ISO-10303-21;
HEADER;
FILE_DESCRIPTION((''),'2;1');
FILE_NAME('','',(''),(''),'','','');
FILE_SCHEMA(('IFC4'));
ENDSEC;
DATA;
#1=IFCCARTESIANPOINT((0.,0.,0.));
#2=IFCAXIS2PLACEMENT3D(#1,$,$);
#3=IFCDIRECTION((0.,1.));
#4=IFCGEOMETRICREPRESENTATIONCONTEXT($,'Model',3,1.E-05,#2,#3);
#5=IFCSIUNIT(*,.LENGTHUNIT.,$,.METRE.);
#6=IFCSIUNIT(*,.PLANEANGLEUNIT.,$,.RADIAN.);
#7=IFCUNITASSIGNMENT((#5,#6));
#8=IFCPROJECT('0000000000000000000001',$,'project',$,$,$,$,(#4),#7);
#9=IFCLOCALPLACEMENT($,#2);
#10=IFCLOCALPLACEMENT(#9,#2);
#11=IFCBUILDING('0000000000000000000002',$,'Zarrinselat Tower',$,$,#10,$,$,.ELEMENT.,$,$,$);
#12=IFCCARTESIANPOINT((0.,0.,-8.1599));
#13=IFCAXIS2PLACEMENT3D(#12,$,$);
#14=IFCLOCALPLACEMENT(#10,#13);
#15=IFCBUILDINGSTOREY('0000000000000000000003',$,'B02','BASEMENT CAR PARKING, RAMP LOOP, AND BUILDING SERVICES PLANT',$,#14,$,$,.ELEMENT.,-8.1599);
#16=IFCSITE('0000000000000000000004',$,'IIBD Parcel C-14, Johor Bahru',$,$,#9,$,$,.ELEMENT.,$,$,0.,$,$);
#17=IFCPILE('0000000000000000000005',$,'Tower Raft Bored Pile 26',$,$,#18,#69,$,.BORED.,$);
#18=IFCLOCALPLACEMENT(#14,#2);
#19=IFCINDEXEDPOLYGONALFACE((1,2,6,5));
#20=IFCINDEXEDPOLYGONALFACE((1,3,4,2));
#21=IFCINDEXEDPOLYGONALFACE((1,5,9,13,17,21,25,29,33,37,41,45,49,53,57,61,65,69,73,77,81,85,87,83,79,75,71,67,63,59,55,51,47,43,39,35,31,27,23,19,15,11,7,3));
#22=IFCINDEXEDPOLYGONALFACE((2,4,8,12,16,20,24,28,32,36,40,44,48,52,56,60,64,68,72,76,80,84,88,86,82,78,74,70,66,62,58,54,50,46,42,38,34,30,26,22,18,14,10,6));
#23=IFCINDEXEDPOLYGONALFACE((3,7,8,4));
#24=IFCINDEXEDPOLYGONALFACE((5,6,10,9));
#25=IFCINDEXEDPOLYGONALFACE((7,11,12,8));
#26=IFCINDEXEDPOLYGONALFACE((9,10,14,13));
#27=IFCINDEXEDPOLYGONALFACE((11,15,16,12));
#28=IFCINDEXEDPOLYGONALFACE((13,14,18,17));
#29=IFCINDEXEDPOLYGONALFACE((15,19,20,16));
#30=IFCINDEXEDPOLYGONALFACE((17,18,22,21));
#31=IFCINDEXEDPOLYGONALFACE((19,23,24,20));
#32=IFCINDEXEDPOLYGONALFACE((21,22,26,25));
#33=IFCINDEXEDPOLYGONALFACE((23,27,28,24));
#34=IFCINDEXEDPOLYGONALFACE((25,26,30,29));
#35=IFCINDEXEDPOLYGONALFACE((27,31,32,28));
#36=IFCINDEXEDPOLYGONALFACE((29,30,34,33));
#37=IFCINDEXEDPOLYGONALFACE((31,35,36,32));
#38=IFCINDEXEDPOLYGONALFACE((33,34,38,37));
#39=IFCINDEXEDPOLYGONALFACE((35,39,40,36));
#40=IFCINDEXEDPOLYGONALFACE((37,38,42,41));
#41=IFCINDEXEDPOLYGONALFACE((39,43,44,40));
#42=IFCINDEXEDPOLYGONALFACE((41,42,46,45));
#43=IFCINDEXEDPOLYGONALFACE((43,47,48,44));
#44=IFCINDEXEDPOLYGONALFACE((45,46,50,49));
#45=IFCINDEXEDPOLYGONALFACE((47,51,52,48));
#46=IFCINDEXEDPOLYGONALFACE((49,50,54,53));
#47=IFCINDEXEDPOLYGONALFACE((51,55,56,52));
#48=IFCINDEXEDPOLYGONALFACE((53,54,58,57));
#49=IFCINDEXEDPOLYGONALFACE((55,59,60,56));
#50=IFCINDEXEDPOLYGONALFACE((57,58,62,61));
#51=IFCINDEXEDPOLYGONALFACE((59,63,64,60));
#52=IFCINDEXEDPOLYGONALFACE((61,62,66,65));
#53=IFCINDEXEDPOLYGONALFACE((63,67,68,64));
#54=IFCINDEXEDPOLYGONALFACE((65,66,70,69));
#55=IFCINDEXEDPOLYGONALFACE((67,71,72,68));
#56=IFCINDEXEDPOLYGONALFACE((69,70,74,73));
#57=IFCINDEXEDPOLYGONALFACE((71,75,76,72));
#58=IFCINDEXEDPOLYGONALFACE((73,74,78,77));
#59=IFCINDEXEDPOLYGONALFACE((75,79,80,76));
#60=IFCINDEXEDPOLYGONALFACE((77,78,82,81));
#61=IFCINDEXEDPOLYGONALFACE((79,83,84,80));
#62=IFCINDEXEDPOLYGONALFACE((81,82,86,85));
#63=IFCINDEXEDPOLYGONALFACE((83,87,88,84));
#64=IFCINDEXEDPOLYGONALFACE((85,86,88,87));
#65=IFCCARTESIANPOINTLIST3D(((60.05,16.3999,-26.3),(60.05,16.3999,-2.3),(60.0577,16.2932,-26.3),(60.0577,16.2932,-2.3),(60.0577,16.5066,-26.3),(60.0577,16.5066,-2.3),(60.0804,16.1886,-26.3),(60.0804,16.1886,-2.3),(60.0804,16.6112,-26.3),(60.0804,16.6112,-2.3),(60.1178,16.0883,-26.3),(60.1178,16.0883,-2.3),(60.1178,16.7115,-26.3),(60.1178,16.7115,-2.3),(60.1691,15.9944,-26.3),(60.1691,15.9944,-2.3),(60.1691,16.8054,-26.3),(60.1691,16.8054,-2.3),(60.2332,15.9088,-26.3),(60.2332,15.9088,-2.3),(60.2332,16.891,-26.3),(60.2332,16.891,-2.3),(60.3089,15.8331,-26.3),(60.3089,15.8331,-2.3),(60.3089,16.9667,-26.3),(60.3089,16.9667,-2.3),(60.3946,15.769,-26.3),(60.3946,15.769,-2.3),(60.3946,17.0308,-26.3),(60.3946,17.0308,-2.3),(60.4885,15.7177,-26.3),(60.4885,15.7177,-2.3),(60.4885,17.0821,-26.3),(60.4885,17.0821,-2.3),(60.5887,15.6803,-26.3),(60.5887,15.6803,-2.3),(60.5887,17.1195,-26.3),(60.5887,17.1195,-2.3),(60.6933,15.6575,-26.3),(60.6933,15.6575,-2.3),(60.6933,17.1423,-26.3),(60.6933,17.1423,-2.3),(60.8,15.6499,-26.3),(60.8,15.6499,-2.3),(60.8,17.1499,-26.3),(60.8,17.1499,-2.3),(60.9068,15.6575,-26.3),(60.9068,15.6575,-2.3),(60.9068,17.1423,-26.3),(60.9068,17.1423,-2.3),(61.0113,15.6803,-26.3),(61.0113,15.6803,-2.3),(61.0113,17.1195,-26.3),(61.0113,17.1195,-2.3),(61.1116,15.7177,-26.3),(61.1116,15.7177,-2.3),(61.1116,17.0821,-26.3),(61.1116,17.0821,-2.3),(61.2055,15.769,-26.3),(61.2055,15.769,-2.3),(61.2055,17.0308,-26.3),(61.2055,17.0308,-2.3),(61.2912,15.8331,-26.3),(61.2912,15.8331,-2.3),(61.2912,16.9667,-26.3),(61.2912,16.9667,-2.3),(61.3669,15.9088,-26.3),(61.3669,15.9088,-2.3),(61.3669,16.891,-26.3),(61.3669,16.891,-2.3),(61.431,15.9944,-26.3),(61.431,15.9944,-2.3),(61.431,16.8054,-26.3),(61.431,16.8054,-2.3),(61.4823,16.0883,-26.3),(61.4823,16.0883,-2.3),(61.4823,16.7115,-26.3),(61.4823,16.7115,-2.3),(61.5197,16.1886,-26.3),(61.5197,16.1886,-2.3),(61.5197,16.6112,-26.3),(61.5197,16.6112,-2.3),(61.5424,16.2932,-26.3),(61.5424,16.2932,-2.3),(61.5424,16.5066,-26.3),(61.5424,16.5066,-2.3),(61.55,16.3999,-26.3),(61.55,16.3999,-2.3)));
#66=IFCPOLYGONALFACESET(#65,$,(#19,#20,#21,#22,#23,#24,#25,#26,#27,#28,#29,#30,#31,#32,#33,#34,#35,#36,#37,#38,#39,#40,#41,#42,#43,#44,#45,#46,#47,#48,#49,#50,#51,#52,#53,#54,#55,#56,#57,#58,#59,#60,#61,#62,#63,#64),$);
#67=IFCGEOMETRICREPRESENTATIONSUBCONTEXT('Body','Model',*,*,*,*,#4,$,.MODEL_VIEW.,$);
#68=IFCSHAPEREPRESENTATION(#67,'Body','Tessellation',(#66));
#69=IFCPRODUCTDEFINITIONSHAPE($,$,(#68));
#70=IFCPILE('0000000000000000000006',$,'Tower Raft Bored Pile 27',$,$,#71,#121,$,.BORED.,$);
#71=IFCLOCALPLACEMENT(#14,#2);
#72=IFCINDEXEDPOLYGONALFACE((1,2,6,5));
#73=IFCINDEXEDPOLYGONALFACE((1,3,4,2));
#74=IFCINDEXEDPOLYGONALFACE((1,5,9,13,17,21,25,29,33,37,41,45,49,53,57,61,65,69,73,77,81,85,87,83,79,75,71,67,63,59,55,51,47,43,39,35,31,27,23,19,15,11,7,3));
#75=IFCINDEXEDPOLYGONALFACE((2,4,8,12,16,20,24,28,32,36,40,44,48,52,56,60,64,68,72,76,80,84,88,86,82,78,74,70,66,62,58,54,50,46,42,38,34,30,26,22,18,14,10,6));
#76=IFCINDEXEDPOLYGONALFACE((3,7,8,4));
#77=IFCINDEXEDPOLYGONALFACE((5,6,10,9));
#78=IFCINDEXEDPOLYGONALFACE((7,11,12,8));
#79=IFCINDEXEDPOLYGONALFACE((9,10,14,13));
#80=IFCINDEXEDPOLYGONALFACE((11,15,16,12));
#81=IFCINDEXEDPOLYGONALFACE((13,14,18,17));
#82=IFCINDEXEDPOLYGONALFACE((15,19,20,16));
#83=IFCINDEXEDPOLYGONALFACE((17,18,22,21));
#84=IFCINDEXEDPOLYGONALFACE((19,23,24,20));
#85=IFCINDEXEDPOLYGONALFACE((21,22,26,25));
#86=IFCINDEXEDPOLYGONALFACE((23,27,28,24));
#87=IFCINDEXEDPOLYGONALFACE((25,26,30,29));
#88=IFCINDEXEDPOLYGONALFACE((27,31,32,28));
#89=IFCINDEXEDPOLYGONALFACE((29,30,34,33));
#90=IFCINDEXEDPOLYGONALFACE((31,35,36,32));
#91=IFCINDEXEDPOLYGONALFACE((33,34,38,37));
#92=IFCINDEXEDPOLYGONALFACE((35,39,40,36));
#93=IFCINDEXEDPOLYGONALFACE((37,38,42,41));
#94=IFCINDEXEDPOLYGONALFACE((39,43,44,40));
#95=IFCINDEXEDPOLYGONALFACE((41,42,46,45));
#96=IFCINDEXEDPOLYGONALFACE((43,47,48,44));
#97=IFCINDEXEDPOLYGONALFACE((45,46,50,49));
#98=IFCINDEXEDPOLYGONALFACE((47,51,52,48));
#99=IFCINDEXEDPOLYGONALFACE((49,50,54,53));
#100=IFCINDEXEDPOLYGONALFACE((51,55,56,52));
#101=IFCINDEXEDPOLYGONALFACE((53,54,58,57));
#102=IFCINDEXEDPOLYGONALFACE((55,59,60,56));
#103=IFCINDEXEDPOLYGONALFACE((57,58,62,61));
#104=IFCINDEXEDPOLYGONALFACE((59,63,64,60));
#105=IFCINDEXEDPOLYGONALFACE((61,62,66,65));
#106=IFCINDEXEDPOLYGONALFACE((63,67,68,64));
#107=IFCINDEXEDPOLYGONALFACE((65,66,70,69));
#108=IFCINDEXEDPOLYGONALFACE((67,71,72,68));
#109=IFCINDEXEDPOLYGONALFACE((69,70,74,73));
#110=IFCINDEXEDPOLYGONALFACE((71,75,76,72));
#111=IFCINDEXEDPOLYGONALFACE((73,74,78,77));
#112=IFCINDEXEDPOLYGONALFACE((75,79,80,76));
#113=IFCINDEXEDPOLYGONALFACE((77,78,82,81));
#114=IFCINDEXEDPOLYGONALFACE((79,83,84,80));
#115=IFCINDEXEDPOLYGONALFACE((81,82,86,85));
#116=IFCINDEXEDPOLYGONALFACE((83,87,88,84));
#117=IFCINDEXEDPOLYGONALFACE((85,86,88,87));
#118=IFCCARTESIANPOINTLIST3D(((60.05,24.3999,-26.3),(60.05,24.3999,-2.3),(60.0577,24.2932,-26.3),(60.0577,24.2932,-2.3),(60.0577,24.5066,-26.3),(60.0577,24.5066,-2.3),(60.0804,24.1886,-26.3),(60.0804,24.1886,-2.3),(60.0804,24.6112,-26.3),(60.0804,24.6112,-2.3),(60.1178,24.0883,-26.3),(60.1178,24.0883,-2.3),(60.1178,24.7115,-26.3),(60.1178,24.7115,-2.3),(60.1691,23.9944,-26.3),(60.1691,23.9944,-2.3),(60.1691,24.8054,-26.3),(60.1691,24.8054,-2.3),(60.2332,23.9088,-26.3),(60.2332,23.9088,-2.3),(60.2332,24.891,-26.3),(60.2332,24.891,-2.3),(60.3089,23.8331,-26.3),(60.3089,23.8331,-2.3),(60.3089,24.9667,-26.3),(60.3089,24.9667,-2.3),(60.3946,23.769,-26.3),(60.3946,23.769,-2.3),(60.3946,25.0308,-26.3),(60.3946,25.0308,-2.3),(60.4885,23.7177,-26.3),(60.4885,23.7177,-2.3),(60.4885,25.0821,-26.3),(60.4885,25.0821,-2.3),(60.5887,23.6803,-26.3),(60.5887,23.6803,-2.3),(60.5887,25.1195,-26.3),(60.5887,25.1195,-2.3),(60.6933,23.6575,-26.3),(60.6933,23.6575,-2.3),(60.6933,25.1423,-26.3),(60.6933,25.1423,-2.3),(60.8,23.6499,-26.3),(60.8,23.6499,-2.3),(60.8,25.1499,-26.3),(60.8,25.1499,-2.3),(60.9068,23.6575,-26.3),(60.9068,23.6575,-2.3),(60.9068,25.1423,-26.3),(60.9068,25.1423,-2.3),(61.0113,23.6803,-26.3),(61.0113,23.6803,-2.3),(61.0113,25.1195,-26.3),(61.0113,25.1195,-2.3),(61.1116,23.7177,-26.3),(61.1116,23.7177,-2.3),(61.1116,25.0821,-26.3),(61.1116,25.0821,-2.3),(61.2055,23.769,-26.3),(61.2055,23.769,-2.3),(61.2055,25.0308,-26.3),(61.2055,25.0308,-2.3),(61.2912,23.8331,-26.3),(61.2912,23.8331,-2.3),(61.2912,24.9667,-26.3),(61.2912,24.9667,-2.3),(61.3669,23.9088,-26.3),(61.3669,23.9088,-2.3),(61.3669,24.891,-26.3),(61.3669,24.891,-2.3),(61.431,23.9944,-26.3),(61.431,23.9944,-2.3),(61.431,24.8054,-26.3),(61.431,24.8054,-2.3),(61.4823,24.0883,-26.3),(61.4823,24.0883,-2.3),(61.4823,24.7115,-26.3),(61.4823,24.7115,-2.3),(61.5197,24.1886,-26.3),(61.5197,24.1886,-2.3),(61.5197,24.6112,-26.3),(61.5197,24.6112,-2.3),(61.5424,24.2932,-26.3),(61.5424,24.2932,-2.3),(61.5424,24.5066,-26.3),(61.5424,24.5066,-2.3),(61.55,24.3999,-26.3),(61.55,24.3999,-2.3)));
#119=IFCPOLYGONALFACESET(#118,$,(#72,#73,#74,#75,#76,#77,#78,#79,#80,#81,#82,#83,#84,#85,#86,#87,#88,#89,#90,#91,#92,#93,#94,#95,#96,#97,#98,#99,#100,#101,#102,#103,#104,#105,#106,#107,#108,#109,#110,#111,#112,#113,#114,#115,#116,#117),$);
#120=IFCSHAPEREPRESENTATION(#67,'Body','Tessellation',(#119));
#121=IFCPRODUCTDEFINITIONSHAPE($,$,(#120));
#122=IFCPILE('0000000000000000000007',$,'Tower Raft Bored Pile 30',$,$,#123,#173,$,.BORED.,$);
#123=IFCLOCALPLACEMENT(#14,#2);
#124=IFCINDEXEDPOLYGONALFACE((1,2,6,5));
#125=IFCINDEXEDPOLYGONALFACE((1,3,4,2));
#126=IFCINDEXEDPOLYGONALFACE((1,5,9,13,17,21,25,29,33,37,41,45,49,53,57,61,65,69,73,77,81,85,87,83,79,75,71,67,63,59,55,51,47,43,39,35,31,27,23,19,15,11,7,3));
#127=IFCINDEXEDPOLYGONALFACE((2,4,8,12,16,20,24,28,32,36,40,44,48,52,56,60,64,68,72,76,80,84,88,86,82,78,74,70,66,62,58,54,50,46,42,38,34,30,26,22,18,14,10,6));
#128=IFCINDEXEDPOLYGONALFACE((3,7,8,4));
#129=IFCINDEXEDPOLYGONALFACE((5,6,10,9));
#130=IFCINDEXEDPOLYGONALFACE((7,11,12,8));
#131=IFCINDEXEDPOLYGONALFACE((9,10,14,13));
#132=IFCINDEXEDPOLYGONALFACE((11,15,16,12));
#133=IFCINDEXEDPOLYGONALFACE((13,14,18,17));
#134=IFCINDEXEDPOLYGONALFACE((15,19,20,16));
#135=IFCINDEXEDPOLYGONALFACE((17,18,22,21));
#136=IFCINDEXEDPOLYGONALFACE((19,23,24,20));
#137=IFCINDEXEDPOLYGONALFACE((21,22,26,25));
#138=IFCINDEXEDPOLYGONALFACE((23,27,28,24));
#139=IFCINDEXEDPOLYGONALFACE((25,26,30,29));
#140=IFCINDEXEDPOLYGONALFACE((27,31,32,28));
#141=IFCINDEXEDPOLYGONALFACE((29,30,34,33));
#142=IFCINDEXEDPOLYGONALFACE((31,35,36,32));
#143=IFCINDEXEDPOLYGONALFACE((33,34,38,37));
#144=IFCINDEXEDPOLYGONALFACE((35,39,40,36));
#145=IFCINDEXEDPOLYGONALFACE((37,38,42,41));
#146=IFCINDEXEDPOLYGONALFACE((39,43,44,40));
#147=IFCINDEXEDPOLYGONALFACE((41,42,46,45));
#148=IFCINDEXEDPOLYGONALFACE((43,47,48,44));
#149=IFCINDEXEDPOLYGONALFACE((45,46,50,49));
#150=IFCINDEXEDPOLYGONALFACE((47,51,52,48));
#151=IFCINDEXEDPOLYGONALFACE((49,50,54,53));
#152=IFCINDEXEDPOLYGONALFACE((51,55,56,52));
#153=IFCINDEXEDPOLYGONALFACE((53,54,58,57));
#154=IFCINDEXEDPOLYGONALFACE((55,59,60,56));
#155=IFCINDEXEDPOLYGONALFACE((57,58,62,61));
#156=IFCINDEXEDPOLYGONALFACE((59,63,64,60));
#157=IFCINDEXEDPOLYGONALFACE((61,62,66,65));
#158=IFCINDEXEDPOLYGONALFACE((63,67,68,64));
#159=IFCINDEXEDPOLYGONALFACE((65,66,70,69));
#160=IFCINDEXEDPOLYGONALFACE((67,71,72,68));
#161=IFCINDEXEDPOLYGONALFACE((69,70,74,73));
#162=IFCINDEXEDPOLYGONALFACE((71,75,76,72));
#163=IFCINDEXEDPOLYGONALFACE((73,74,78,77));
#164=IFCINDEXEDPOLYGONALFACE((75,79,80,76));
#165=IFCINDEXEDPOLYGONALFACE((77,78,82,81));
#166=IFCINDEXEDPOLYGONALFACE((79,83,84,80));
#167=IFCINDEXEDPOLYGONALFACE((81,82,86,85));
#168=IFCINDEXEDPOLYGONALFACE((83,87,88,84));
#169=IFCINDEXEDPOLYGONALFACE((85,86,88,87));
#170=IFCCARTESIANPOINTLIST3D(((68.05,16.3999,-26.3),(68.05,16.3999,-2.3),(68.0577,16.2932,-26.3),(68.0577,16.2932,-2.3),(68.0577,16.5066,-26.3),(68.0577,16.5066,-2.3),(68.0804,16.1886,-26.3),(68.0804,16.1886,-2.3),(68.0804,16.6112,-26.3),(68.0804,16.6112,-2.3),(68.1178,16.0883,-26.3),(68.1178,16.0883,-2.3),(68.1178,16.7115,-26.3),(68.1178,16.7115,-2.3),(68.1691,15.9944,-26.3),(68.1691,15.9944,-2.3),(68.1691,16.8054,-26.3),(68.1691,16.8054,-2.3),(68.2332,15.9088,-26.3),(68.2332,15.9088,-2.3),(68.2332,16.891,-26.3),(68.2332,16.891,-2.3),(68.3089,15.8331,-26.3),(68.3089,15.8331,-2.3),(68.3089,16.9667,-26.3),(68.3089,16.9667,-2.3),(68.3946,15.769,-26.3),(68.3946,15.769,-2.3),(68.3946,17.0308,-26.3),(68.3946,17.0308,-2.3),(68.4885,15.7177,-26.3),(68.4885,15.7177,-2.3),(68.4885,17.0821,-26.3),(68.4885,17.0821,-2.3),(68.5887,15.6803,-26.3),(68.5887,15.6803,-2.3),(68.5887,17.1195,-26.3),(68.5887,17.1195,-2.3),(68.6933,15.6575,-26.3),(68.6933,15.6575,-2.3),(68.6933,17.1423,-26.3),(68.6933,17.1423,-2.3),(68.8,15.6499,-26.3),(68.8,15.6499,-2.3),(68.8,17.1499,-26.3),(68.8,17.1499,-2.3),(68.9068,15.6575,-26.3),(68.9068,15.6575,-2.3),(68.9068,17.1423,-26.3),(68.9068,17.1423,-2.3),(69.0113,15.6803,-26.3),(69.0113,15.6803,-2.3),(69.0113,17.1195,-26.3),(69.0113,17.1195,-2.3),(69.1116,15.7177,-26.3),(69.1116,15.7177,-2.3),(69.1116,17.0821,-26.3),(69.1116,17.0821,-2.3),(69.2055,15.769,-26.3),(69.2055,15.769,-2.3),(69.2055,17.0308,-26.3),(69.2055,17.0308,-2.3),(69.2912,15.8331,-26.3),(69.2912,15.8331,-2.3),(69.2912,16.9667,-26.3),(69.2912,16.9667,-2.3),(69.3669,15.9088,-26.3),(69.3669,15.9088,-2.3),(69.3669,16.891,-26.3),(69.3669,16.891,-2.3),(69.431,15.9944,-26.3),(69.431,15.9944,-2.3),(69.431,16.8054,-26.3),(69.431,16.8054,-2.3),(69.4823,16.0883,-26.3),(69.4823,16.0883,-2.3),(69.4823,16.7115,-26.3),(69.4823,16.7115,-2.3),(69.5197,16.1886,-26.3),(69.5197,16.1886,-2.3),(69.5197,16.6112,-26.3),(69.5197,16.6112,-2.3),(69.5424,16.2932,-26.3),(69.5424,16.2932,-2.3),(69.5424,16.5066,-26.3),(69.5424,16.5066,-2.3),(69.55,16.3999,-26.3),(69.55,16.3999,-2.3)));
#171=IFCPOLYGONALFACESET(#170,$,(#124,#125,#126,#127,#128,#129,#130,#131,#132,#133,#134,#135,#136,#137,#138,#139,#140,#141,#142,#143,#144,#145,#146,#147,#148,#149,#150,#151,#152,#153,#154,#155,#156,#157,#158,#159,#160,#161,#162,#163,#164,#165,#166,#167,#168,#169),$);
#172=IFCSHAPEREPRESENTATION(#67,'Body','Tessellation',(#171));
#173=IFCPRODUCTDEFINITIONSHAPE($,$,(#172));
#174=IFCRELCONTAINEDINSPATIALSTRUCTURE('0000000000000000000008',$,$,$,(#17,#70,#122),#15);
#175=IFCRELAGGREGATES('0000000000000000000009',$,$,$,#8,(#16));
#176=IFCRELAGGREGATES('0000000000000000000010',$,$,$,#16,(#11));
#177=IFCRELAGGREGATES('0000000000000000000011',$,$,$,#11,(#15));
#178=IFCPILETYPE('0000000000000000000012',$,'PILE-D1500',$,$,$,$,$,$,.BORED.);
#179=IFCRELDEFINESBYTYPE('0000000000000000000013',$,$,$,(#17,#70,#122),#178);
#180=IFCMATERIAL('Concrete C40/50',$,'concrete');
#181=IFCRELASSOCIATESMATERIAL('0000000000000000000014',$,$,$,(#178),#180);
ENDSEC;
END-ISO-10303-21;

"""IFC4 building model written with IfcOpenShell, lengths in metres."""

from ifc_helpers import new_model, si_unit, direction, frame, origin, origin_2d, place, context, subcontext, project, spatial, circle, extrude, material, material_profile, profile_set, type_object, element, save


model = new_model("IFC4")

# Units and contexts
model_context = context("Model", 3, precision=1e-05, world=origin(), true_north=direction((0.0, 1.0)))
body_context = subcontext(model_context, "Body", "Model", "MODEL_VIEW")
ifc_project = project(units=[si_unit("LENGTHUNIT", "METRE"), si_unit("PLANEANGLEUNIT", "RADIAN")], contexts=[model_context])

# Site, building, storey
site_placement = place(None, origin())
site = spatial("IfcSite", under=ifc_project, at=site_placement, Name="IIBD Parcel C-14, Johor Bahru", CompositionType="ELEMENT", RefElevation=0.0)
building_placement = place(site_placement, origin())
building = spatial("IfcBuilding", under=site, at=building_placement, Name="Zarrinselat Tower", CompositionType="ELEMENT")
storey_placement = place(building_placement, frame((0.0, 0.0, -8.1599)))
storey = spatial("IfcBuildingStorey", under=building, at=storey_placement, Name="B02", Description="BASEMENT CAR PARKING, RAMP LOOP, AND BUILDING SERVICES PLANT", CompositionType="ELEMENT", Elevation=-8.1599)

# Piles
ifc_material_1 = material(Name="Concrete C40/50", Category="concrete")
ifc_material_profile_1 = material_profile(ifc_material_1, circle(Radius=0.75, at=origin_2d()), Name="BORED PILE D1500")
ifc_profile_set_1 = profile_set([ifc_material_profile_1], Name="Concrete C40/50")
pile_type_1 = type_object("IfcPileType", Name="PILE-D1500", PredefinedType="BORED", material=ifc_profile_set_1)
for number, where, z_axis, x_axis, name in (
    (1, (60.8, 16.3999, -2.3), (0.0, 0.0, -1.0), (1.0, 0.0, 0.0), "Tower Raft Bored Pile 26"),
    (2, (60.8, 24.3999, -2.3), (0.0, 0.0, -1.0), (1.0, 0.0, 0.0), "Tower Raft Bored Pile 27"),
    (3, (68.8, 16.3999, -2.3), (0.0, 0.0, -1.0), (1.0, 0.0, 0.0), "Tower Raft Bored Pile 30"),
):
    element("IfcPile", number, at=place(storey_placement, frame(where, z_axis=z_axis, x_axis=x_axis)), inside=storey, type_object=pile_type_1, Name=name, PredefinedType="BORED", context=body_context, shape_type="SweptSolid", body=[
        extrude(circle(Radius=0.75, at=origin_2d()), origin(), (0.0, 0.0, 1.0), 24.0),
    ])

save(model, "model.ifc")
